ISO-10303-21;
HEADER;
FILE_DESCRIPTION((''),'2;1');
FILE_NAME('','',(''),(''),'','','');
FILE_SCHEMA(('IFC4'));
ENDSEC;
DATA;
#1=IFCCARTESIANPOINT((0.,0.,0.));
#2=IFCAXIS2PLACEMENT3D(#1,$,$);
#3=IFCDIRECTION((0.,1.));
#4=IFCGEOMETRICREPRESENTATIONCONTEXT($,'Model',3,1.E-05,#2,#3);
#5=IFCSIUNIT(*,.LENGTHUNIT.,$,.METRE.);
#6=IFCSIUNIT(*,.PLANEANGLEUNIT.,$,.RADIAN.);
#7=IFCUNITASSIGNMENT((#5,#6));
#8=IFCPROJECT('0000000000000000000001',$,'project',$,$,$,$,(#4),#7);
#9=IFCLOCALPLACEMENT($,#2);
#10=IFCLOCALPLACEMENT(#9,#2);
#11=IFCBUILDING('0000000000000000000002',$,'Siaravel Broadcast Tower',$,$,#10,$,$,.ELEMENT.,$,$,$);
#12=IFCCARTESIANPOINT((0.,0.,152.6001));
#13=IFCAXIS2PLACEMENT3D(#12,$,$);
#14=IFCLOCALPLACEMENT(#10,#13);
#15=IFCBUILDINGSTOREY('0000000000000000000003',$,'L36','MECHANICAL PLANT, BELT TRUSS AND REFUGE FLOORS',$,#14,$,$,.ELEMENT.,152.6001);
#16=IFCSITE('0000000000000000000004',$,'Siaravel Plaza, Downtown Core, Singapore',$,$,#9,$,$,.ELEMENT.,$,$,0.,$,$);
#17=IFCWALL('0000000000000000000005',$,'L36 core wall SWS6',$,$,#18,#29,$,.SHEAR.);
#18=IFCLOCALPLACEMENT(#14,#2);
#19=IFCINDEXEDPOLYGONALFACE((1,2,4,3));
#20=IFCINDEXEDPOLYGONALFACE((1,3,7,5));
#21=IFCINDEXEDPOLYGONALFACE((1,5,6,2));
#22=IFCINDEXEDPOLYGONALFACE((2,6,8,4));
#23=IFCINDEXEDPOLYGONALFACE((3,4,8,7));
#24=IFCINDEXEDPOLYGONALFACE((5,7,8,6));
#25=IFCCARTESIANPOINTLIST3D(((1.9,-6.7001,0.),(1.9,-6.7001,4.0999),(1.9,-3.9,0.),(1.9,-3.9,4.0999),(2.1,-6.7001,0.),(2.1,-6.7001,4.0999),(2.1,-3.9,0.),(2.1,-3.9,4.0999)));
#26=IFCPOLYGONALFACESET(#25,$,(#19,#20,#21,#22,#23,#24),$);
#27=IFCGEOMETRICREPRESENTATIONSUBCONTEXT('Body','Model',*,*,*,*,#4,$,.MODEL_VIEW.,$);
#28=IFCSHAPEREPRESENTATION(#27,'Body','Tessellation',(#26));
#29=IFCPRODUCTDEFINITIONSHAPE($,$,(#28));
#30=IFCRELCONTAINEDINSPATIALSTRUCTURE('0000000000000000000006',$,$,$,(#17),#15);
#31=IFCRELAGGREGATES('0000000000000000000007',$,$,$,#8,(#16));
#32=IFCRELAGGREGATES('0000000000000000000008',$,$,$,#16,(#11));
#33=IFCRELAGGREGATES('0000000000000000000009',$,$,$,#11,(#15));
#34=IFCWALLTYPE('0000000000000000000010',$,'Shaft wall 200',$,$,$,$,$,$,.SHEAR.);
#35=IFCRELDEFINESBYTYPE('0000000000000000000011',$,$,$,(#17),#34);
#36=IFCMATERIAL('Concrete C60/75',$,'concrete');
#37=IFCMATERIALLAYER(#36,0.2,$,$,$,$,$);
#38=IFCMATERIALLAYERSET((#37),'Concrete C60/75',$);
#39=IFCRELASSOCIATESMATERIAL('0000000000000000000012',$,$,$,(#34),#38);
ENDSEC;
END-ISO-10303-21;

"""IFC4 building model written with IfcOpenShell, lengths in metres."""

from ifc_helpers import new_model, si_unit, direction, frame, frame_2d, origin, place, context, subcontext, project, spatial, rectangle, extrude, material, layer, layer_set, type_object, element, save


model = new_model("IFC4")

# Units and contexts
model_context = context("Model", 3, precision=1e-05, world=origin(), true_north=direction((0.0, 1.0)))
body_context = subcontext(model_context, "Body", "Model", "MODEL_VIEW")
ifc_project = project(units=[si_unit("LENGTHUNIT", "METRE"), si_unit("PLANEANGLEUNIT", "RADIAN")], contexts=[model_context])

# Site, building, storey
site_placement = place(None, origin())
site = spatial("IfcSite", under=ifc_project, at=site_placement, Name="Siaravel Plaza, Downtown Core, Singapore", CompositionType="ELEMENT", RefElevation=0.0)
building_placement = place(site_placement, origin())
building = spatial("IfcBuilding", under=site, at=building_placement, Name="Siaravel Broadcast Tower", CompositionType="ELEMENT")
storey_placement = place(building_placement, frame((0.0, 0.0, 152.6001)))
storey = spatial("IfcBuildingStorey", under=building, at=storey_placement, Name="L36", Description="MECHANICAL PLANT, BELT TRUSS AND REFUGE FLOORS", CompositionType="ELEMENT", Elevation=152.6001)

# Shared definitions
ifc_material_1 = material(Name="Concrete C60/75", Category="concrete")

# Wall
ifc_layer_1 = layer(ifc_material_1, 0.2)
ifc_layer_set_1 = layer_set([ifc_layer_1], Name="Concrete C60/75")
wall_type_1 = type_object("IfcWallType", Name="Shaft wall 200", PredefinedType="SHEAR", material=ifc_layer_set_1)
for number, where, z_axis, x_axis, name in (
    (1, (2.0, -6.7, 0.0), (0.0, 0.0, 1.0), (0.0, 1.0, 0.0), "L36 core wall SWS6"),
):
    element("IfcWall", number, at=place(storey_placement, frame(where, z_axis=z_axis, x_axis=x_axis)), inside=storey, type_object=wall_type_1, Name=name, PredefinedType="SHEAR", context=body_context, shape_type="SweptSolid", body=[
        extrude(rectangle(XDim=2.8, YDim=0.2, at=frame_2d((1.3999, 0.0))), origin(), (0.0, 0.0, 1.0), 4.0999),
    ])

save(model, "model.ifc")
